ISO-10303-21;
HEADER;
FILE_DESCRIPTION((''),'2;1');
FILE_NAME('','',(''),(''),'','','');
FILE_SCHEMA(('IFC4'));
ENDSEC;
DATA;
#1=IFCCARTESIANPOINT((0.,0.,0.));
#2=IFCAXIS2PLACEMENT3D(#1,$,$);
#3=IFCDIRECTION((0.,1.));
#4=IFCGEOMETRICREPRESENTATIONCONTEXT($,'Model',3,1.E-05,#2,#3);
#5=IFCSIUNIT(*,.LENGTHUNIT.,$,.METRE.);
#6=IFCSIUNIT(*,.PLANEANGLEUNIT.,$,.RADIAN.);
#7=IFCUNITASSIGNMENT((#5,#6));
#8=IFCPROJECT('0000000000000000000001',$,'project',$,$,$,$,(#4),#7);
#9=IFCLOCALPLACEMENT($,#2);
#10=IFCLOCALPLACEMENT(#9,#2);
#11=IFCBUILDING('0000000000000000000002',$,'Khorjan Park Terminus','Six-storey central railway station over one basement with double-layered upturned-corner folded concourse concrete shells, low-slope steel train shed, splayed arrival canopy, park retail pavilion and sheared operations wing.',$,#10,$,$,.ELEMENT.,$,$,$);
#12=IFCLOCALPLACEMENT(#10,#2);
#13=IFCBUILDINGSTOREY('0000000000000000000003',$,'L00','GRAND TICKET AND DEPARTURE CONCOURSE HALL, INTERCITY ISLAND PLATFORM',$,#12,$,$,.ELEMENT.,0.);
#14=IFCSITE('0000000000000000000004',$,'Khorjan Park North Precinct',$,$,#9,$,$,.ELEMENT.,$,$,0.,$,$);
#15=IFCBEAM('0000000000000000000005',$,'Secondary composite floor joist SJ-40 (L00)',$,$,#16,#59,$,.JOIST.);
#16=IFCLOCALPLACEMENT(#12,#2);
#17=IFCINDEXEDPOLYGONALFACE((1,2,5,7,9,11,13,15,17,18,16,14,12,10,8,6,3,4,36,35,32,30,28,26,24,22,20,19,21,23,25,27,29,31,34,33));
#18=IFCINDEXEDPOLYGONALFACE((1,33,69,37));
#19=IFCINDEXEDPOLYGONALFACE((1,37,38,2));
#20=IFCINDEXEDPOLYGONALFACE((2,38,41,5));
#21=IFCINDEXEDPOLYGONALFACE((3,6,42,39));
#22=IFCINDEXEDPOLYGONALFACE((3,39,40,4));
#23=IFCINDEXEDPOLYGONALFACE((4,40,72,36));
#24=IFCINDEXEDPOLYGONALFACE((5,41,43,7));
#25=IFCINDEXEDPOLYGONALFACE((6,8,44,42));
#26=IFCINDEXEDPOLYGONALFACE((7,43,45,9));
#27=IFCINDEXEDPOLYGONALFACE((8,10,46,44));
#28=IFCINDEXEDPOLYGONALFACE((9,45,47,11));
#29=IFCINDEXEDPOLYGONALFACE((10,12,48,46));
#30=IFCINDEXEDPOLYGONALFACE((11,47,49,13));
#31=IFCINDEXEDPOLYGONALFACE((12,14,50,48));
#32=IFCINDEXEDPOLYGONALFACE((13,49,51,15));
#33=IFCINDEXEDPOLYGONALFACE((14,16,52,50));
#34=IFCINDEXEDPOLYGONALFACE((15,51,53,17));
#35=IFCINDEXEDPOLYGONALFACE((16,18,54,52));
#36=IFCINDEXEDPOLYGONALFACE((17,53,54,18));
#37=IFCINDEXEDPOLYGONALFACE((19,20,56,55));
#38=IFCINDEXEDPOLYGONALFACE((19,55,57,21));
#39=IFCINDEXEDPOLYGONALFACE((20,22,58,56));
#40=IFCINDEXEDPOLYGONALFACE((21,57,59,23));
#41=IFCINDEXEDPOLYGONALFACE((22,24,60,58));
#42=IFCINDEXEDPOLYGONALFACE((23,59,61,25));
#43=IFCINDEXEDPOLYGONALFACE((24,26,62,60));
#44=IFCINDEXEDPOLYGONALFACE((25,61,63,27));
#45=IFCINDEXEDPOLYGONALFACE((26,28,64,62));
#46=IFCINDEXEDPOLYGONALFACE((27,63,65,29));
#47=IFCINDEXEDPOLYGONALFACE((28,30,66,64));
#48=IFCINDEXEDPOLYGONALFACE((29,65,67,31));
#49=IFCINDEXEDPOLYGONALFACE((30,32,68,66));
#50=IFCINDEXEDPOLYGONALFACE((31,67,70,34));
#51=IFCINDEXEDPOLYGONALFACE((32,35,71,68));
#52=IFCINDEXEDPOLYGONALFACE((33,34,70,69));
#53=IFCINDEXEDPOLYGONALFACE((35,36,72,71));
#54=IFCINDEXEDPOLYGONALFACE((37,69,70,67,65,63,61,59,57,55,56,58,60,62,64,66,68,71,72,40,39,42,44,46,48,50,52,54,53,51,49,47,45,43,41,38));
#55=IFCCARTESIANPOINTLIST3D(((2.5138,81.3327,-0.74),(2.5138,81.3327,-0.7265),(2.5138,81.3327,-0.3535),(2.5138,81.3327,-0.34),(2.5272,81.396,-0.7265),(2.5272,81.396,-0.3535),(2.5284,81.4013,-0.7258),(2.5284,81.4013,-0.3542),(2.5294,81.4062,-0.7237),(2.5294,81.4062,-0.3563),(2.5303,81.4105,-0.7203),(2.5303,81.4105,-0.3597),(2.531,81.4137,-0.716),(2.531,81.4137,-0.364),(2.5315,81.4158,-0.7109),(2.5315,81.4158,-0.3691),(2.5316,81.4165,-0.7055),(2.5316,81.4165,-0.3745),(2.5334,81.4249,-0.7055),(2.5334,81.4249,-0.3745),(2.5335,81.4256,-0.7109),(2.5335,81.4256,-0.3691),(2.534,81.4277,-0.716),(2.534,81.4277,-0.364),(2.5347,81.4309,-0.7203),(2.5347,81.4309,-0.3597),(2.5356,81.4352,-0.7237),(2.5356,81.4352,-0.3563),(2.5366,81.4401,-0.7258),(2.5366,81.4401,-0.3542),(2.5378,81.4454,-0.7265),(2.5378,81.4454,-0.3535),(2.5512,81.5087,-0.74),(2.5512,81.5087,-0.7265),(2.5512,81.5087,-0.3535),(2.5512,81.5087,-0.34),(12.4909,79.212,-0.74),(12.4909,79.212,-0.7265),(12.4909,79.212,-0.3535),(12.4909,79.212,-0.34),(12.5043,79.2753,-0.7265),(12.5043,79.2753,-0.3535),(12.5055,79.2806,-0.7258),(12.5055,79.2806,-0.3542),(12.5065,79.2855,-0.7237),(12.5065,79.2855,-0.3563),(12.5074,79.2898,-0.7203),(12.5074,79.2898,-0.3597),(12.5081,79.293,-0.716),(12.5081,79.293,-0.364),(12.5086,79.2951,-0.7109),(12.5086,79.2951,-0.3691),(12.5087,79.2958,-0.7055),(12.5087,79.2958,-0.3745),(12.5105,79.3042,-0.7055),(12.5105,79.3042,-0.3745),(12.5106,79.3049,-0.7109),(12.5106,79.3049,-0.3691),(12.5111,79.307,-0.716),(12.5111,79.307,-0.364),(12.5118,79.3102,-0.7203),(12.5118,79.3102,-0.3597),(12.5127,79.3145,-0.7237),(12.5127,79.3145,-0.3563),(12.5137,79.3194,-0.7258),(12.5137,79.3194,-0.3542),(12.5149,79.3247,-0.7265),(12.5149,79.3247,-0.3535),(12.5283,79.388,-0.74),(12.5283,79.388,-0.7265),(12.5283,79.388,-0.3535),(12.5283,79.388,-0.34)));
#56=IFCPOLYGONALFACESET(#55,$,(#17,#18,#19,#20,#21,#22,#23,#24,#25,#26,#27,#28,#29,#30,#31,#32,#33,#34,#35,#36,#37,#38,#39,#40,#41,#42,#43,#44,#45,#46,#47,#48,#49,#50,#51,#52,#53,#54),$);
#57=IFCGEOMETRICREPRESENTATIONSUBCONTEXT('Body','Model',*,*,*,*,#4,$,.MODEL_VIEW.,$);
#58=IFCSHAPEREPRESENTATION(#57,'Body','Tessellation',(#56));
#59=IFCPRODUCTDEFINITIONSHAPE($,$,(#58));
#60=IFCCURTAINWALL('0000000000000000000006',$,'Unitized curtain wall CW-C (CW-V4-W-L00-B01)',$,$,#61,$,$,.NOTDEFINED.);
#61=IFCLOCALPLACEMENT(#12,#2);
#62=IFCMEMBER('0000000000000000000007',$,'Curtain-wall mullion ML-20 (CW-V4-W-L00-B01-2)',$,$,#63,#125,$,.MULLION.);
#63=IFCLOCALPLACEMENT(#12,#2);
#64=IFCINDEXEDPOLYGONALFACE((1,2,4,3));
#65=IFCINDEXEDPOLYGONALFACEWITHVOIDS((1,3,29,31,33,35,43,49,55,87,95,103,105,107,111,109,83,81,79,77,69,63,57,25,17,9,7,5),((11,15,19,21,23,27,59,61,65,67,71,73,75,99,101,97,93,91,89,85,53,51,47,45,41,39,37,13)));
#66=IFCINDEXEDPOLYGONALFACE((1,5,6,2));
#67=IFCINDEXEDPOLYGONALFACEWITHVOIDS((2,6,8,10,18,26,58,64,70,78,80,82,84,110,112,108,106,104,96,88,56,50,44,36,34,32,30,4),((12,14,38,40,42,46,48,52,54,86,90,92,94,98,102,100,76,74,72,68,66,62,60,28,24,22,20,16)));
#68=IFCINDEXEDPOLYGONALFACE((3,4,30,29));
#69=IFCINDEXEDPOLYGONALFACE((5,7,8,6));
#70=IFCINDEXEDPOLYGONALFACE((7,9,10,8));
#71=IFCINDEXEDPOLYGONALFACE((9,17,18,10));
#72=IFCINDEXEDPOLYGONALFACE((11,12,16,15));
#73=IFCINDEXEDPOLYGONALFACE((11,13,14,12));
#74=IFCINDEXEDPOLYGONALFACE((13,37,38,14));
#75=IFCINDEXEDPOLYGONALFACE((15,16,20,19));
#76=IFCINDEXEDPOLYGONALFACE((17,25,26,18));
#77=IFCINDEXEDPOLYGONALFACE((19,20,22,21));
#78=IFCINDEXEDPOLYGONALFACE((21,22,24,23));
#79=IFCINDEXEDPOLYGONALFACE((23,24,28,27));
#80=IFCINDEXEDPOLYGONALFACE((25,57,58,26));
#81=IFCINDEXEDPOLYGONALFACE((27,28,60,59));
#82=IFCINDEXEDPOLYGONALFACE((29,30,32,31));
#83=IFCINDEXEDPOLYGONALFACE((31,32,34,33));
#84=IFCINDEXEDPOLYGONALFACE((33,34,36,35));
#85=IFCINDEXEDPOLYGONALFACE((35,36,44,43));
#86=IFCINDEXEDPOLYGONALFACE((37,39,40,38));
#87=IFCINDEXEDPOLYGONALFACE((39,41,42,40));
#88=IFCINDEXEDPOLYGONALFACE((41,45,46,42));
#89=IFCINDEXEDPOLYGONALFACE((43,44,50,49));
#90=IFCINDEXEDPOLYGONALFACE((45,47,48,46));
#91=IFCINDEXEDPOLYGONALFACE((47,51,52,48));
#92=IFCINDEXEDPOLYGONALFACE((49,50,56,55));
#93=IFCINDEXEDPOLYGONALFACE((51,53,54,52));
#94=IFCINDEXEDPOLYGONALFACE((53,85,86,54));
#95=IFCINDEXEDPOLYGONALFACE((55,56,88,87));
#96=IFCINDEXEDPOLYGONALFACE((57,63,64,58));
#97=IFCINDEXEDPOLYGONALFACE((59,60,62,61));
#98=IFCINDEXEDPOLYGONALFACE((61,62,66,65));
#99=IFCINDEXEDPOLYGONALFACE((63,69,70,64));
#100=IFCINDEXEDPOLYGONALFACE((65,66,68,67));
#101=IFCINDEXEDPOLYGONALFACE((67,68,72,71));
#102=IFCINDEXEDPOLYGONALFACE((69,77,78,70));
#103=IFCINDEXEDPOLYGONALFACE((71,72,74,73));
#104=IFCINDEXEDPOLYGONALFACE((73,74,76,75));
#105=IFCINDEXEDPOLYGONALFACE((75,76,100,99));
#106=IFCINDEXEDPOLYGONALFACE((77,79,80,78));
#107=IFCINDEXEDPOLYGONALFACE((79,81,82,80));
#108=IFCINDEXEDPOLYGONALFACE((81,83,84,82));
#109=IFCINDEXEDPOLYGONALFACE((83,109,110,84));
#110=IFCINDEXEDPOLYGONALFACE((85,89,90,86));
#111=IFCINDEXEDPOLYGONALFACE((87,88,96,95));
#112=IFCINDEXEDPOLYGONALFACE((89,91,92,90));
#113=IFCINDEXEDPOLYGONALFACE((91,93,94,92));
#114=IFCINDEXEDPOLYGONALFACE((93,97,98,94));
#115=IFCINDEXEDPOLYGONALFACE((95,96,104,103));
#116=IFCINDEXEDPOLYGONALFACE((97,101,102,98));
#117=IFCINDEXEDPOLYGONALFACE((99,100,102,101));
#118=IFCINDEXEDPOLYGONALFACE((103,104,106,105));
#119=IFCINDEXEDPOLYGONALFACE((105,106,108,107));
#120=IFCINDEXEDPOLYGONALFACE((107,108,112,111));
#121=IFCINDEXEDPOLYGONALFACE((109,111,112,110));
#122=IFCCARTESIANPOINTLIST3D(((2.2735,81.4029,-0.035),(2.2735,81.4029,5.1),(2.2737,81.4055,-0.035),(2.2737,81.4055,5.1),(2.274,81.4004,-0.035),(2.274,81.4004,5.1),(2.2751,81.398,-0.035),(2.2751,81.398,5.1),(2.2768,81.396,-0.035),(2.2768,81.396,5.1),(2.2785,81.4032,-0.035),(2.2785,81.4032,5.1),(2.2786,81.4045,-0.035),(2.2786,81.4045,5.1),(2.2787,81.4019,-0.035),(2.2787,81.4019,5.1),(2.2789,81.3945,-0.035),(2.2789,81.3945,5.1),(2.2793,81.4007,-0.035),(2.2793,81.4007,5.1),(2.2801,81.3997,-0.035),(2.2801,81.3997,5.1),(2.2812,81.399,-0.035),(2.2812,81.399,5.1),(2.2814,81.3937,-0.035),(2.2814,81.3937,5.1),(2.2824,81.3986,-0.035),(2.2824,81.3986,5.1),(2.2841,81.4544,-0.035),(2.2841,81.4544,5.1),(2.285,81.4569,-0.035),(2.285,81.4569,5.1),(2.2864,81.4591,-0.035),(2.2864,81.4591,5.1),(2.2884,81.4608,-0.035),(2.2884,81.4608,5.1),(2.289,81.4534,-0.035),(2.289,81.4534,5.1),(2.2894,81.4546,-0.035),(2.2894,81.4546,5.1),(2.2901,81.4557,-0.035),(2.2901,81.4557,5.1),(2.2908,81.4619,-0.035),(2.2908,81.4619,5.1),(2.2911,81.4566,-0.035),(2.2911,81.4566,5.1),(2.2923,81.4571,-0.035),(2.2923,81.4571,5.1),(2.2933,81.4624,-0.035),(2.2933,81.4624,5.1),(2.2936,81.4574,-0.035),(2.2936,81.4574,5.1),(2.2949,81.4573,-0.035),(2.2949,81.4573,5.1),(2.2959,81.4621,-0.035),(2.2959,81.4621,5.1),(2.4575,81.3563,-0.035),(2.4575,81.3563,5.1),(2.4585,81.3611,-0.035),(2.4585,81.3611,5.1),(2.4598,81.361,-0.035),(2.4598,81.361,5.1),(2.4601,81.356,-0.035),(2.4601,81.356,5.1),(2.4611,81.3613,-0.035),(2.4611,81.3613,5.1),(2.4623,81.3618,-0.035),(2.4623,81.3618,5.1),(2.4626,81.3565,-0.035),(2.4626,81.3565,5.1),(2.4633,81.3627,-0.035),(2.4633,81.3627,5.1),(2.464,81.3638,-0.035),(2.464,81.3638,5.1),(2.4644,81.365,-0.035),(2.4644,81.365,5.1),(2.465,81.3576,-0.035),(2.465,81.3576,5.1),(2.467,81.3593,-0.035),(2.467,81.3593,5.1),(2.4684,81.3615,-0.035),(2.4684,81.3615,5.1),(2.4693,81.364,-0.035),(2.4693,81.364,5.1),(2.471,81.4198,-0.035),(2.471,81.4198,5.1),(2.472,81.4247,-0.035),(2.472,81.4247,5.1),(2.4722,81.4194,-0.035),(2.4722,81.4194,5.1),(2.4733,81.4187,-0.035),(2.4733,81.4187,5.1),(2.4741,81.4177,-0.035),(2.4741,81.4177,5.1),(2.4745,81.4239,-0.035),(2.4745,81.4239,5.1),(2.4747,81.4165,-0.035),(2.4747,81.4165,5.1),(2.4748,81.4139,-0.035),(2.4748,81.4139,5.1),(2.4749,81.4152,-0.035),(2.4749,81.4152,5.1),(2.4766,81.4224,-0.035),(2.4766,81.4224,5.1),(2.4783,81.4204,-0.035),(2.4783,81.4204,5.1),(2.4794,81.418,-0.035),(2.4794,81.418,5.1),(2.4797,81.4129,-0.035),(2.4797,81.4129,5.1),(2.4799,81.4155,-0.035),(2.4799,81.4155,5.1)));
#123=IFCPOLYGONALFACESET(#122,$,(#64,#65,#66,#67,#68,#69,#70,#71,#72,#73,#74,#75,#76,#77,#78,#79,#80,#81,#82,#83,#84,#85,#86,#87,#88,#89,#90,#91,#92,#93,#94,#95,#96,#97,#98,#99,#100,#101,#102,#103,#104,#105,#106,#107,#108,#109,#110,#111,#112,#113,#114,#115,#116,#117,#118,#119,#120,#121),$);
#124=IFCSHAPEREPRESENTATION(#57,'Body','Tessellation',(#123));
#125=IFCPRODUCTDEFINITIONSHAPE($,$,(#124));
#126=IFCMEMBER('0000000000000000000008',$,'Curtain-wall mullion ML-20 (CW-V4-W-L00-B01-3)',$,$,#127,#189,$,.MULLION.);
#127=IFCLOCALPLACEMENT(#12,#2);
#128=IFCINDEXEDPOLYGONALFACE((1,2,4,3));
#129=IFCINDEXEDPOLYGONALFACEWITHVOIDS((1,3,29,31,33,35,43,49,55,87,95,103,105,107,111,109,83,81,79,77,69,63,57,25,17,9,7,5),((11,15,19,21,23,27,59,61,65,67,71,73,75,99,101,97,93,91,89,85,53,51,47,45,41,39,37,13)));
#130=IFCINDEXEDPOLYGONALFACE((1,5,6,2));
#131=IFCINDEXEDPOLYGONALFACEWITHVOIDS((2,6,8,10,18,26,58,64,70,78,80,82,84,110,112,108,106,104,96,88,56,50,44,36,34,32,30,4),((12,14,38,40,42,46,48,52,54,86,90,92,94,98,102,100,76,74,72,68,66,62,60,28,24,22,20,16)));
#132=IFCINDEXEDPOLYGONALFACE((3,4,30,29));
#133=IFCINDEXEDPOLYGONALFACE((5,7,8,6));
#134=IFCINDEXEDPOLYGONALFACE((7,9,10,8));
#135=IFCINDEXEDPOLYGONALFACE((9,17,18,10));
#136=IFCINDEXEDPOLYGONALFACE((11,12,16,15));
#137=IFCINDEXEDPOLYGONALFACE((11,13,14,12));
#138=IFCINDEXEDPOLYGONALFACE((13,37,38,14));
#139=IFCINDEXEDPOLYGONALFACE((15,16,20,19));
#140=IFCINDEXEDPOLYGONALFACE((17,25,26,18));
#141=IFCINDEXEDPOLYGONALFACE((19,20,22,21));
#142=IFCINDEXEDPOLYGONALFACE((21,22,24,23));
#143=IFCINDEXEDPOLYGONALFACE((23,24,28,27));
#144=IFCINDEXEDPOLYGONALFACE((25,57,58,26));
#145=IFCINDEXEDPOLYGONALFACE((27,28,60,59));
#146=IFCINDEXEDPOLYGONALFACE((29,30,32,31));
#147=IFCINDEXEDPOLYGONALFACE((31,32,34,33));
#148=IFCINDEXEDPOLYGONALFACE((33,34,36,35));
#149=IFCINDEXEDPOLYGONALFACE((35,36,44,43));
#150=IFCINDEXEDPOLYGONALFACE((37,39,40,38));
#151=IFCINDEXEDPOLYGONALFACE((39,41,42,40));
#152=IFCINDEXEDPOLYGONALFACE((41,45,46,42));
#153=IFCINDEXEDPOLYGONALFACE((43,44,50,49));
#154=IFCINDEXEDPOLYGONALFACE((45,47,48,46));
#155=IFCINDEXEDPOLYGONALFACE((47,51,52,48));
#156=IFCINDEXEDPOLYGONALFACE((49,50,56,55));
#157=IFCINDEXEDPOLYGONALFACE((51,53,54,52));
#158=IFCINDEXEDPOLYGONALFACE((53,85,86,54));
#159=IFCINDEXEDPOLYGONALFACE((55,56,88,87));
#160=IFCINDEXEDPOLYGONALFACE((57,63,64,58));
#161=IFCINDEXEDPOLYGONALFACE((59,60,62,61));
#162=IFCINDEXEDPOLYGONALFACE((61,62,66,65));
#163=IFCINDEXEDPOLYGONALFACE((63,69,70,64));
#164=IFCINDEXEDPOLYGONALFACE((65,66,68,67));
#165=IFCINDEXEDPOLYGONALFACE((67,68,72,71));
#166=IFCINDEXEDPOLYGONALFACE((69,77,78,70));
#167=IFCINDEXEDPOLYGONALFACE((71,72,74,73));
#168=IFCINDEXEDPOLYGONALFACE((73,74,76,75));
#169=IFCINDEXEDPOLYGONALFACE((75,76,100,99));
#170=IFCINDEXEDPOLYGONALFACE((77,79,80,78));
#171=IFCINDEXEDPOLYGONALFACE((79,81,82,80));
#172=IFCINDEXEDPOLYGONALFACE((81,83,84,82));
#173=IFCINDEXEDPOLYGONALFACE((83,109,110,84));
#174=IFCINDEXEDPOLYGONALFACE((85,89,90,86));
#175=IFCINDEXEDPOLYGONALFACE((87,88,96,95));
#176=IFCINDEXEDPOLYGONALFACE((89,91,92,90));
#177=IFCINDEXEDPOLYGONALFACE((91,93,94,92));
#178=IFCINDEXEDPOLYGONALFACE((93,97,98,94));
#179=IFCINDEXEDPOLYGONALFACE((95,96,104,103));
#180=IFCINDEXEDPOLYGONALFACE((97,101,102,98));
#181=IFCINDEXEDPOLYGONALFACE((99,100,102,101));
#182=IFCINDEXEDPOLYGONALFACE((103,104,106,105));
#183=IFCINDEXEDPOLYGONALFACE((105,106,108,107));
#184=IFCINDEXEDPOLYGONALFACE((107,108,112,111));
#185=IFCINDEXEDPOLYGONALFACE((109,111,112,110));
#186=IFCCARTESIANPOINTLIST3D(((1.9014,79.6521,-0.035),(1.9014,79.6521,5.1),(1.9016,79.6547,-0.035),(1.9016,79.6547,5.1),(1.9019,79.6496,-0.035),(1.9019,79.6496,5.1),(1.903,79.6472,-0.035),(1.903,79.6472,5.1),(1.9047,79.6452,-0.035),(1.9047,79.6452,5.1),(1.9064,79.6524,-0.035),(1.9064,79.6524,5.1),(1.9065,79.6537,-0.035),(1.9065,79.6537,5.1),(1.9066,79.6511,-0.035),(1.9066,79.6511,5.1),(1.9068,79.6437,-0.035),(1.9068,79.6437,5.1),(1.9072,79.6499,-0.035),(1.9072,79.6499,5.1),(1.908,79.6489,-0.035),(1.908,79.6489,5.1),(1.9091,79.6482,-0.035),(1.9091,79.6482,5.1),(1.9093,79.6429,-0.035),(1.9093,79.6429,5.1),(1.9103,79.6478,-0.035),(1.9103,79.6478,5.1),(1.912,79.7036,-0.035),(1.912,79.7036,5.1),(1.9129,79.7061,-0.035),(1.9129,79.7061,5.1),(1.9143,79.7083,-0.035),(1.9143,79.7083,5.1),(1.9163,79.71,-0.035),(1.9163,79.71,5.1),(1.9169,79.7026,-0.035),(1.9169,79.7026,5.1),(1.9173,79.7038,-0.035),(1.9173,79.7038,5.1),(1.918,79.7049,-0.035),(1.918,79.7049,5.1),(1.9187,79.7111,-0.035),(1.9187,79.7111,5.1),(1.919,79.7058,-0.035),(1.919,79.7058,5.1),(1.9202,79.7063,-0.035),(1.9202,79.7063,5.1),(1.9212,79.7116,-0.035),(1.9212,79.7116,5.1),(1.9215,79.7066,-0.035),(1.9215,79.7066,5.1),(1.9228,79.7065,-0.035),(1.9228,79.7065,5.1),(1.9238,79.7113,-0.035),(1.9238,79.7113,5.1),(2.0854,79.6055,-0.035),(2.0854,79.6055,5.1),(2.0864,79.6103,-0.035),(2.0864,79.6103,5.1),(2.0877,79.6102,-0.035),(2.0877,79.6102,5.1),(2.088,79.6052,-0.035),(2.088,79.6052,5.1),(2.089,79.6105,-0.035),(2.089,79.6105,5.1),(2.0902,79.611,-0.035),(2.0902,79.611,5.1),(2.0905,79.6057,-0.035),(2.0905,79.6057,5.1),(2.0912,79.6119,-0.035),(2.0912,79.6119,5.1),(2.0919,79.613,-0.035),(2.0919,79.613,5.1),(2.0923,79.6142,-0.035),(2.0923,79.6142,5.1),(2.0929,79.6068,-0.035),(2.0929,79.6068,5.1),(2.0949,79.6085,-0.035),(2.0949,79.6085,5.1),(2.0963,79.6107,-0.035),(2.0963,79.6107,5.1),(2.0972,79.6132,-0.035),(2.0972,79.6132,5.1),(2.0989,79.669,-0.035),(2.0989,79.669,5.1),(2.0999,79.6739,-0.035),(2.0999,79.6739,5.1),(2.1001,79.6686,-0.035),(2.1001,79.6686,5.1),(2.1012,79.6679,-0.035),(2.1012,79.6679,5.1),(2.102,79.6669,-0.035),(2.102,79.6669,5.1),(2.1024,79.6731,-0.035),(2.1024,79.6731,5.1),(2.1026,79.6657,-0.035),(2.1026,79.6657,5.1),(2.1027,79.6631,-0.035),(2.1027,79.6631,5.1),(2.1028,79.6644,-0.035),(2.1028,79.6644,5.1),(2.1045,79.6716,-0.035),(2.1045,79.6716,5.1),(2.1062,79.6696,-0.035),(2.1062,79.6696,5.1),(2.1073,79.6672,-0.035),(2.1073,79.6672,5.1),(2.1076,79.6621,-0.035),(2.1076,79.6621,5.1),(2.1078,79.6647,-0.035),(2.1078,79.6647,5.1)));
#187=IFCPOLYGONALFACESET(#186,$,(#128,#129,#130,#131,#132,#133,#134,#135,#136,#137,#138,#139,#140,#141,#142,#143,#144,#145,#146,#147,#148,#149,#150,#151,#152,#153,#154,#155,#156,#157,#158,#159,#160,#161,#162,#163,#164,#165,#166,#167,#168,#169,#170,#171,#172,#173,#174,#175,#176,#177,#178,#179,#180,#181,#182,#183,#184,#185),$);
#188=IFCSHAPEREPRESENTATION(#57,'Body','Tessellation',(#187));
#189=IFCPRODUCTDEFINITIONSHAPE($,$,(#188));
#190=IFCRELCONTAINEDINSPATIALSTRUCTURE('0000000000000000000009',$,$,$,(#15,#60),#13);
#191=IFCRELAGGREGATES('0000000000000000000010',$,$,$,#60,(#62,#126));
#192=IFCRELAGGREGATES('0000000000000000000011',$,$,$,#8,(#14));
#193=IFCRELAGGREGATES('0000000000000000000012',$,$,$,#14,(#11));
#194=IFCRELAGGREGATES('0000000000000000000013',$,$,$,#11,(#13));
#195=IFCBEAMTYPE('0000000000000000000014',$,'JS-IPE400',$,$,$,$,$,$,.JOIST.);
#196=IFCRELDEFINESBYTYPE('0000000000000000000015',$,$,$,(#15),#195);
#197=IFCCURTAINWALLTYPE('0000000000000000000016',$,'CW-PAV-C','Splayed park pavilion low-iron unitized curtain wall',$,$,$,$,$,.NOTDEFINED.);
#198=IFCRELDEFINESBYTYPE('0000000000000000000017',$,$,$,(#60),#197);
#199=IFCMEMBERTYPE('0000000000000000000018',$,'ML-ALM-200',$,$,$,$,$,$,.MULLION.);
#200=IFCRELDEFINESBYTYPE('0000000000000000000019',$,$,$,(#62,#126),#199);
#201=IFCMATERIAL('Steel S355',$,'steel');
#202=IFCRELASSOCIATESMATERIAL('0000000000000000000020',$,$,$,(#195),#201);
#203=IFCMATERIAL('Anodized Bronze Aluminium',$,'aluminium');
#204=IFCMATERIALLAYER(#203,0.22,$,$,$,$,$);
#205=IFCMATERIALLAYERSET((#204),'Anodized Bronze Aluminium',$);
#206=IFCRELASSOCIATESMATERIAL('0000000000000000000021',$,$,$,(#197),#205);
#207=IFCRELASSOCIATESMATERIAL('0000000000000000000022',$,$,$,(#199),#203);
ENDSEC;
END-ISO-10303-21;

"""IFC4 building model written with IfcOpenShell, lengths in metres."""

from ifc_helpers import new_model, si_unit, direction, frame, origin, origin_2d, place, context, subcontext, project, spatial, hollow_rectangle, i_section, extrude, material, layer, layer_set, material_profile, profile_set, type_object, element, aggregate, save


model = new_model("IFC4")

# Units and contexts
model_context = context("Model", 3, precision=1e-05, world=origin(), true_north=direction((0.0, 1.0)))
body_context = subcontext(model_context, "Body", "Model", "MODEL_VIEW")
ifc_project = project(units=[si_unit("LENGTHUNIT", "METRE"), si_unit("PLANEANGLEUNIT", "RADIAN")], contexts=[model_context])

# Site, building, storey
site_placement = place(None, origin())
site = spatial("IfcSite", under=ifc_project, at=site_placement, Name="Khorjan Park North Precinct", CompositionType="ELEMENT", RefElevation=0.0)
building_placement = place(site_placement, origin())
building = spatial("IfcBuilding", under=site, at=building_placement, Name="Khorjan Park Terminus", Description="Six-storey central railway station over one basement with double-layered upturned-corner folded concourse concrete shells, low-slope steel train shed, splayed arrival canopy, park retail pavilion and sheared operations wing.", CompositionType="ELEMENT")
storey_placement = place(building_placement, origin())
storey = spatial("IfcBuildingStorey", under=building, at=storey_placement, Name="L00", Description="GRAND TICKET AND DEPARTURE CONCOURSE HALL, INTERCITY ISLAND PLATFORM", CompositionType="ELEMENT", Elevation=0.0)

# Beam
ifc_material_1 = material(Name="Steel S355", Category="steel")
ifc_material_profile_1 = material_profile(ifc_material_1, i_section(OverallWidth=0.18, OverallDepth=0.4, WebThickness=0.0086, FlangeThickness=0.0135, FilletRadius=0.021, at=origin_2d()), Name="IPE 400")
ifc_profile_set_1 = profile_set([ifc_material_profile_1], Name="Steel S355")
beam_type = type_object("IfcBeamType", Name="JS-IPE400", PredefinedType="JOIST", material=ifc_profile_set_1)
beam_placement = place(storey_placement, frame((2.5325, 81.4207, -0.54), z_axis=(0.978148, -0.207912, 0.0), x_axis=(0.207912, 0.978148, 0.0)))
element("IfcBeam", 1, at=beam_placement, inside=storey, type_object=beam_type, Name="Secondary composite floor joist SJ-40 (L00)", PredefinedType="JOIST", context=body_context, shape_type="SweptSolid", body=[
    extrude(i_section(OverallWidth=0.18, OverallDepth=0.4, WebThickness=0.0086, FlangeThickness=0.0135, FilletRadius=0.021, at=origin_2d()), origin(), (0.0, 0.0, 1.0), 10.2),
])

# Curtain wall, members
ifc_material_2 = material(Name="Anodized Bronze Aluminium", Category="aluminium")
ifc_layer_1 = layer(ifc_material_2, 0.22)
ifc_layer_set_1 = layer_set([ifc_layer_1], Name="Anodized Bronze Aluminium")
curtain_wall_type = type_object("IfcCurtainWallType", Name="CW-PAV-C", Description="Splayed park pavilion low-iron unitized curtain wall", PredefinedType="NOTDEFINED", material=ifc_layer_set_1)
curtain_wall_placement = place(storey_placement, origin())
curtain_wall = element("IfcCurtainWall", 2, at=curtain_wall_placement, inside=storey, type_object=curtain_wall_type, Name="Unitized curtain wall CW-C (CW-V4-W-L00-B01)", PredefinedType="NOTDEFINED")
ifc_material_profile_2 = material_profile(ifc_material_2, hollow_rectangle(XDim=0.07, YDim=0.2, WallThickness=0.005, InnerFilletRadius=0.005, OuterFilletRadius=0.01, at=origin_2d()), Name="ALM 70x200x5")
ifc_profile_set_2 = profile_set([ifc_material_profile_2], Name="Anodized Bronze Aluminium")
member_type_1 = type_object("IfcMemberType", Name="ML-ALM-200", PredefinedType="MULLION", material=ifc_profile_set_2)
member_1_placement = place(storey_placement, frame((2.3767, 81.4092, -0.035), z_axis=(0.0, 0.0, 1.0), x_axis=(-0.207917, -0.978147, 0.0)))
member_1 = element("IfcMember", 3, at=member_1_placement, type_object=member_type_1, Name="Curtain-wall mullion ML-20 (CW-V4-W-L00-B01-2)", PredefinedType="MULLION", context=body_context, shape_type="SweptSolid", body=[
    extrude(hollow_rectangle(XDim=0.07, YDim=0.2, WallThickness=0.005, InnerFilletRadius=0.005, OuterFilletRadius=0.01, at=origin_2d()), origin(), (0.0, 0.0, 1.0), 5.135),
])
member_2_placement = place(storey_placement, frame((2.0046, 79.6584, -0.035), z_axis=(0.0, 0.0, 1.0), x_axis=(-0.207917, -0.978147, 0.0)))
member_2 = element("IfcMember", 4, at=member_2_placement, type_object=member_type_1, Name="Curtain-wall mullion ML-20 (CW-V4-W-L00-B01-3)", PredefinedType="MULLION", context=body_context, shape_type="SweptSolid", body=[
    extrude(hollow_rectangle(XDim=0.07, YDim=0.2, WallThickness=0.005, InnerFilletRadius=0.005, OuterFilletRadius=0.01, at=origin_2d()), origin(), (0.0, 0.0, 1.0), 5.135),
])
aggregate(curtain_wall, [member_1, member_2])

save(model, "model.ifc")
